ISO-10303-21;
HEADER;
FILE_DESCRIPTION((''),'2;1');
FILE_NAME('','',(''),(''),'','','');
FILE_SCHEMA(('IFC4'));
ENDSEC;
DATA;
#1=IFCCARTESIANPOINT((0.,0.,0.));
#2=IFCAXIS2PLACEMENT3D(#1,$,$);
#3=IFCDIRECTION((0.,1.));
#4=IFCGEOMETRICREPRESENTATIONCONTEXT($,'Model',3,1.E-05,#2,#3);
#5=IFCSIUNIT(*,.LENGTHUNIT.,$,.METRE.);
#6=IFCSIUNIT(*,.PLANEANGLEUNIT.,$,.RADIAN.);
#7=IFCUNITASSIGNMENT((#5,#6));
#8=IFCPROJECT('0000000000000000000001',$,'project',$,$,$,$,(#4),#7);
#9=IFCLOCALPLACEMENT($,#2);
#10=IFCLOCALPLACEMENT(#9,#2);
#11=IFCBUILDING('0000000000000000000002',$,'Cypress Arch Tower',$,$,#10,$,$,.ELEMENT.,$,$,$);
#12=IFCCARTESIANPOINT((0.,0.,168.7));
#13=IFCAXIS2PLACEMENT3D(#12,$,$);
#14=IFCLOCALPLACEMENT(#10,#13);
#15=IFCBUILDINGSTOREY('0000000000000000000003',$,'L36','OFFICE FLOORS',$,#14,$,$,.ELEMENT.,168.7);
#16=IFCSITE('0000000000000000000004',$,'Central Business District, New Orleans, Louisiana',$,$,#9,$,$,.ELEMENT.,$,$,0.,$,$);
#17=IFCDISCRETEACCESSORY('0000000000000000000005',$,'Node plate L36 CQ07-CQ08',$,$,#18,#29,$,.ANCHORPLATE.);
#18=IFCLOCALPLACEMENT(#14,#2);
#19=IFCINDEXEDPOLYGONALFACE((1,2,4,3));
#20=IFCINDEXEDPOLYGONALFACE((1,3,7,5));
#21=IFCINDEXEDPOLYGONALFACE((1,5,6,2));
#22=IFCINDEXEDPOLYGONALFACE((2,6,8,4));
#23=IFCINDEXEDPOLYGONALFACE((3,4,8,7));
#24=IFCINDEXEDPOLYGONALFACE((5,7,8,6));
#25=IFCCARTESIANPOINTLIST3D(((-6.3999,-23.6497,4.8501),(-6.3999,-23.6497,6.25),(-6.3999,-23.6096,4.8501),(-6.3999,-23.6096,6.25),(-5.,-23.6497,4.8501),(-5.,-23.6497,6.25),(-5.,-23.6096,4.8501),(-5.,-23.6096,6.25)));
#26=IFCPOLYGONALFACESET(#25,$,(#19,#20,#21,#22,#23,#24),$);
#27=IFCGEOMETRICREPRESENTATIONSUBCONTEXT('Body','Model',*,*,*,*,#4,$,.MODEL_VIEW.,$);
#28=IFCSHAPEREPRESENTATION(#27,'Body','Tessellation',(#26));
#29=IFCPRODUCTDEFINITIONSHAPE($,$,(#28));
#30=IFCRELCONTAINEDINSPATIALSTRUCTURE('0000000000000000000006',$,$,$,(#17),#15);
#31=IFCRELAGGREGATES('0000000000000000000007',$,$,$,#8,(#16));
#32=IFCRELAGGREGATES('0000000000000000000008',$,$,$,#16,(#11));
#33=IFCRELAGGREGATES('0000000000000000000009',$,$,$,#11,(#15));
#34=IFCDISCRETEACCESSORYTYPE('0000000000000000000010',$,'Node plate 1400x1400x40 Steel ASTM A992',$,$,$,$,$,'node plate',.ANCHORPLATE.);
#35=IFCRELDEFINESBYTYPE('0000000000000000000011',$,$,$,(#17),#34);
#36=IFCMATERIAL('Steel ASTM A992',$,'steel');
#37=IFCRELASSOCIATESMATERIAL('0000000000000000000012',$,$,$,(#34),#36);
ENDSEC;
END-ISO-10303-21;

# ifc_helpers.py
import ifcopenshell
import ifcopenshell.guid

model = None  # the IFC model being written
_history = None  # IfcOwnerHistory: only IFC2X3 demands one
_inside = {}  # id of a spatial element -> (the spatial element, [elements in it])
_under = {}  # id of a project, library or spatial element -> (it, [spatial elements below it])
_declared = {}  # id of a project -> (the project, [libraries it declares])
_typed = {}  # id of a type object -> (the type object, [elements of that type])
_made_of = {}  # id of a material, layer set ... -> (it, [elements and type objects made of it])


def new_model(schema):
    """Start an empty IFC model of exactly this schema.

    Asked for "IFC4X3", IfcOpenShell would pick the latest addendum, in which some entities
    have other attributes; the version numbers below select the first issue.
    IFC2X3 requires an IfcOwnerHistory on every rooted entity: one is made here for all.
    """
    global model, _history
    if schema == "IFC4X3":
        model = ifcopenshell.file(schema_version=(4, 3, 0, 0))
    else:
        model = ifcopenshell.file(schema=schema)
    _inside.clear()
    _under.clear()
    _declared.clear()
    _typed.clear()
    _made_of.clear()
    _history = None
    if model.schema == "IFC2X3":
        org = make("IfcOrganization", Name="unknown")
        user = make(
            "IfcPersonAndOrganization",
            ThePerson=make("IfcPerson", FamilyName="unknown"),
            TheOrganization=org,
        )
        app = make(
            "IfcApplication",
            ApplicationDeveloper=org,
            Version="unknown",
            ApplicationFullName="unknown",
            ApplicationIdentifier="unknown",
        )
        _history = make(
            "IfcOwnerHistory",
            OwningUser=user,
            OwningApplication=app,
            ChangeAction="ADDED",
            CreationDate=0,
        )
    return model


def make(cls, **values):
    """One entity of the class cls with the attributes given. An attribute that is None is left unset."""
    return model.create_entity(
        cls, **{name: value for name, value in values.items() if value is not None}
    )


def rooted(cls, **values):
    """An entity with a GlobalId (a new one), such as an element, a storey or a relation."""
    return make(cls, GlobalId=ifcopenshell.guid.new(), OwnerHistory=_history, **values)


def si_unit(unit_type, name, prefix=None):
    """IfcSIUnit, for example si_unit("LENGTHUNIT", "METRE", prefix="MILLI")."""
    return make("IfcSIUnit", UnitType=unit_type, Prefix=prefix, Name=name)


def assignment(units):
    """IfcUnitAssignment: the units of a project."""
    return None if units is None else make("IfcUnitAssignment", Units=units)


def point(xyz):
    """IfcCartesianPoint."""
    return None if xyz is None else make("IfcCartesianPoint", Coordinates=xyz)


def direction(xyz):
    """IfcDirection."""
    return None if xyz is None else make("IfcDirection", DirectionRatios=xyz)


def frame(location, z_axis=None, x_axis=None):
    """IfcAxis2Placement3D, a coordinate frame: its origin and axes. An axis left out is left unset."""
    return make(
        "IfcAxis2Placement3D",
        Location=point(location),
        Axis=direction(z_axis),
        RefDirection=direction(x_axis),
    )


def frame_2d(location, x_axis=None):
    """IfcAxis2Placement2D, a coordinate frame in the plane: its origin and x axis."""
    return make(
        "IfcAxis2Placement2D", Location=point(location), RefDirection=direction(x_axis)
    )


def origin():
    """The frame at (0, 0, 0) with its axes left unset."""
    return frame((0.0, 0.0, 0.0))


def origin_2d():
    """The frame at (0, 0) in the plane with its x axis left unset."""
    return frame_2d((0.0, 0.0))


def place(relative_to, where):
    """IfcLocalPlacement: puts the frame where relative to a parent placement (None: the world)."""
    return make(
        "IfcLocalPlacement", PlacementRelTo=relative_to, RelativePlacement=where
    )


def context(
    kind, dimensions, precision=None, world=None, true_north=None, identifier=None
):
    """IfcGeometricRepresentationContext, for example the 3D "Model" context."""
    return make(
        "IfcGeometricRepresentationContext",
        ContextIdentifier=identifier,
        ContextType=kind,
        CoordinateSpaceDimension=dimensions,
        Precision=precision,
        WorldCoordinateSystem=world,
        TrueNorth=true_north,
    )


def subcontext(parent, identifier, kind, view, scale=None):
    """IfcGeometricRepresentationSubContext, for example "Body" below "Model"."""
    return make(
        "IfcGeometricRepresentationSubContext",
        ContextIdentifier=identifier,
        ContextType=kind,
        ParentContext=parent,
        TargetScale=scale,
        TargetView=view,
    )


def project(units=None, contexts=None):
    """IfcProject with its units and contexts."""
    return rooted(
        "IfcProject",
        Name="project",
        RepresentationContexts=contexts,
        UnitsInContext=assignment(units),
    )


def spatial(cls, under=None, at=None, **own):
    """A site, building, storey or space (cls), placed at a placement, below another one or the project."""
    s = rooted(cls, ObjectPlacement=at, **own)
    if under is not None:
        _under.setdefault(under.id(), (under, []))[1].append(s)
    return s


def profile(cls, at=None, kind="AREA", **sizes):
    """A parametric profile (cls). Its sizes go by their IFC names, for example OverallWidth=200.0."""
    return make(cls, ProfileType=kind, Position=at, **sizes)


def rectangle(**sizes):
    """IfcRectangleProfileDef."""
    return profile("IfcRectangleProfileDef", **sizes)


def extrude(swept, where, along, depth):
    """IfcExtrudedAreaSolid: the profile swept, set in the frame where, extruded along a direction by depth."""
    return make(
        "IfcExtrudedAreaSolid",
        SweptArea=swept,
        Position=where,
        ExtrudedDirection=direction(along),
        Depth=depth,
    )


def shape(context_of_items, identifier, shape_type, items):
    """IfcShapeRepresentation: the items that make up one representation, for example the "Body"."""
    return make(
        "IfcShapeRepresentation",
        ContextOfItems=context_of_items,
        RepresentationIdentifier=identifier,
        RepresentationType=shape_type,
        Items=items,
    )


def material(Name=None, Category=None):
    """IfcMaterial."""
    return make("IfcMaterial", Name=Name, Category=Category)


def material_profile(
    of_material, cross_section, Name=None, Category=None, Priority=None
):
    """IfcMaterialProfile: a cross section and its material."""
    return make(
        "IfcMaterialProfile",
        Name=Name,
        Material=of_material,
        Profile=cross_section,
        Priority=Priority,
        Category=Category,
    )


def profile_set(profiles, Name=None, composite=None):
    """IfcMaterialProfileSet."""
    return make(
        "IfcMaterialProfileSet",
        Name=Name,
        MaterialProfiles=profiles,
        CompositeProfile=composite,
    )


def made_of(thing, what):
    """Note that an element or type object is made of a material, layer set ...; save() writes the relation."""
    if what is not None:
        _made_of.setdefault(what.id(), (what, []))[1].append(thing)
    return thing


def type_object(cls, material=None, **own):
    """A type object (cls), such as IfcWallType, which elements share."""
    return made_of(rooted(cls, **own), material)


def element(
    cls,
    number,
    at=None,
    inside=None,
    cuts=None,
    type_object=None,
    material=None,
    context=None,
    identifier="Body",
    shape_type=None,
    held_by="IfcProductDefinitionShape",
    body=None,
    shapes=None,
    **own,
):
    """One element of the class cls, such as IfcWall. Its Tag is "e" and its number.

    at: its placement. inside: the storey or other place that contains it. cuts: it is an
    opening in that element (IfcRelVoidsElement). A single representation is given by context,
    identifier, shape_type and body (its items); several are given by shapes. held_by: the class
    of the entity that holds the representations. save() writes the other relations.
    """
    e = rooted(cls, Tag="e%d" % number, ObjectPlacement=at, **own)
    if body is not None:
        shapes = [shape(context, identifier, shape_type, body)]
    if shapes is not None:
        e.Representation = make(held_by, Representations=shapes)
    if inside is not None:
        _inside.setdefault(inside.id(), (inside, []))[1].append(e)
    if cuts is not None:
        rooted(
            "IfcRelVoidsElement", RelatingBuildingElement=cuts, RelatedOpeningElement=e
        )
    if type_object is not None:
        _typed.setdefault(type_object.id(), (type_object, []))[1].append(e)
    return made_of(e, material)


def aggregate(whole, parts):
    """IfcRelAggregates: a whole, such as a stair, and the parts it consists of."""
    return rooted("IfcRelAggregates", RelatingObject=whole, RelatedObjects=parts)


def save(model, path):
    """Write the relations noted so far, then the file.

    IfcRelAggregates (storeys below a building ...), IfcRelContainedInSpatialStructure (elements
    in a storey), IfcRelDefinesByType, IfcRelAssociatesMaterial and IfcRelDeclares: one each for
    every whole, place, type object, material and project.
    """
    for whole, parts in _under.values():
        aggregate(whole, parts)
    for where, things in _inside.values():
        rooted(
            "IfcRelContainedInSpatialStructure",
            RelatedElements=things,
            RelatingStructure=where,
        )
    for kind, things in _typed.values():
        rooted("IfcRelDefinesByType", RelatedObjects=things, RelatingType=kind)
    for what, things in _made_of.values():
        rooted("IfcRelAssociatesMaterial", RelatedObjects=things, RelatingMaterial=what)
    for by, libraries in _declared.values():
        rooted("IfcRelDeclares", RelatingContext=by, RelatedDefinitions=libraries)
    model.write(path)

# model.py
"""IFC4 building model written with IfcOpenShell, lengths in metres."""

from ifc_helpers import new_model, si_unit, direction, frame, origin, origin_2d, place, context, subcontext, project, spatial, rectangle, extrude, material, material_profile, profile_set, type_object, element, save


model = new_model("IFC4")

# Units and contexts
model_context = context("Model", 3, precision=1e-05, world=origin(), true_north=direction((0.0, 1.0)))
body_context = subcontext(model_context, "Body", "Model", "MODEL_VIEW")
ifc_project = project(units=[si_unit("LENGTHUNIT", "METRE"), si_unit("PLANEANGLEUNIT", "RADIAN")], contexts=[model_context])

# Site, building, storey
site_placement = place(None, origin())
site = spatial("IfcSite", under=ifc_project, at=site_placement, Name="Central Business District, New Orleans, Louisiana", CompositionType="ELEMENT", RefElevation=0.0)
building_placement = place(site_placement, origin())
building = spatial("IfcBuilding", under=site, at=building_placement, Name="Cypress Arch Tower", CompositionType="ELEMENT")
storey_placement = place(building_placement, frame((0.0, 0.0, 168.7)))
storey = spatial("IfcBuildingStorey", under=building, at=storey_placement, Name="L36", Description="OFFICE FLOORS", CompositionType="ELEMENT", Elevation=168.7)

# Discrete accessory
ifc_material_1 = material(Name="Steel ASTM A992", Category="steel")
ifc_material_profile_1 = material_profile(ifc_material_1, rectangle(XDim=1.3999, YDim=1.3999, at=origin_2d()), Name="PL 40 1400x1400")
ifc_profile_set_1 = profile_set([ifc_material_profile_1], Name="Steel ASTM A992")
discrete_accessory_type_1 = type_object("IfcDiscreteAccessoryType", Name="Node plate 1400x1400x40 Steel ASTM A992", ElementType="node plate", PredefinedType="ANCHORPLATE", material=ifc_profile_set_1)
for number, where, z_axis, x_axis, name in (
    (1, (-5.7, -23.6497, 5.55), (0.0, 1.0, 0.0), (-1.0, 0.0, 0.0), "Node plate L36 CQ07-CQ08"),
):
    element("IfcDiscreteAccessory", number, at=place(storey_placement, frame(where, z_axis=z_axis, x_axis=x_axis)), inside=storey, type_object=discrete_accessory_type_1, Name=name, PredefinedType="ANCHORPLATE", context=body_context, shape_type="SweptSolid", body=[
        extrude(rectangle(XDim=1.3999, YDim=1.3999, at=origin_2d()), origin(), (0.0, 0.0, 1.0), 0.04),
    ])

save(model, "model.ifc")
